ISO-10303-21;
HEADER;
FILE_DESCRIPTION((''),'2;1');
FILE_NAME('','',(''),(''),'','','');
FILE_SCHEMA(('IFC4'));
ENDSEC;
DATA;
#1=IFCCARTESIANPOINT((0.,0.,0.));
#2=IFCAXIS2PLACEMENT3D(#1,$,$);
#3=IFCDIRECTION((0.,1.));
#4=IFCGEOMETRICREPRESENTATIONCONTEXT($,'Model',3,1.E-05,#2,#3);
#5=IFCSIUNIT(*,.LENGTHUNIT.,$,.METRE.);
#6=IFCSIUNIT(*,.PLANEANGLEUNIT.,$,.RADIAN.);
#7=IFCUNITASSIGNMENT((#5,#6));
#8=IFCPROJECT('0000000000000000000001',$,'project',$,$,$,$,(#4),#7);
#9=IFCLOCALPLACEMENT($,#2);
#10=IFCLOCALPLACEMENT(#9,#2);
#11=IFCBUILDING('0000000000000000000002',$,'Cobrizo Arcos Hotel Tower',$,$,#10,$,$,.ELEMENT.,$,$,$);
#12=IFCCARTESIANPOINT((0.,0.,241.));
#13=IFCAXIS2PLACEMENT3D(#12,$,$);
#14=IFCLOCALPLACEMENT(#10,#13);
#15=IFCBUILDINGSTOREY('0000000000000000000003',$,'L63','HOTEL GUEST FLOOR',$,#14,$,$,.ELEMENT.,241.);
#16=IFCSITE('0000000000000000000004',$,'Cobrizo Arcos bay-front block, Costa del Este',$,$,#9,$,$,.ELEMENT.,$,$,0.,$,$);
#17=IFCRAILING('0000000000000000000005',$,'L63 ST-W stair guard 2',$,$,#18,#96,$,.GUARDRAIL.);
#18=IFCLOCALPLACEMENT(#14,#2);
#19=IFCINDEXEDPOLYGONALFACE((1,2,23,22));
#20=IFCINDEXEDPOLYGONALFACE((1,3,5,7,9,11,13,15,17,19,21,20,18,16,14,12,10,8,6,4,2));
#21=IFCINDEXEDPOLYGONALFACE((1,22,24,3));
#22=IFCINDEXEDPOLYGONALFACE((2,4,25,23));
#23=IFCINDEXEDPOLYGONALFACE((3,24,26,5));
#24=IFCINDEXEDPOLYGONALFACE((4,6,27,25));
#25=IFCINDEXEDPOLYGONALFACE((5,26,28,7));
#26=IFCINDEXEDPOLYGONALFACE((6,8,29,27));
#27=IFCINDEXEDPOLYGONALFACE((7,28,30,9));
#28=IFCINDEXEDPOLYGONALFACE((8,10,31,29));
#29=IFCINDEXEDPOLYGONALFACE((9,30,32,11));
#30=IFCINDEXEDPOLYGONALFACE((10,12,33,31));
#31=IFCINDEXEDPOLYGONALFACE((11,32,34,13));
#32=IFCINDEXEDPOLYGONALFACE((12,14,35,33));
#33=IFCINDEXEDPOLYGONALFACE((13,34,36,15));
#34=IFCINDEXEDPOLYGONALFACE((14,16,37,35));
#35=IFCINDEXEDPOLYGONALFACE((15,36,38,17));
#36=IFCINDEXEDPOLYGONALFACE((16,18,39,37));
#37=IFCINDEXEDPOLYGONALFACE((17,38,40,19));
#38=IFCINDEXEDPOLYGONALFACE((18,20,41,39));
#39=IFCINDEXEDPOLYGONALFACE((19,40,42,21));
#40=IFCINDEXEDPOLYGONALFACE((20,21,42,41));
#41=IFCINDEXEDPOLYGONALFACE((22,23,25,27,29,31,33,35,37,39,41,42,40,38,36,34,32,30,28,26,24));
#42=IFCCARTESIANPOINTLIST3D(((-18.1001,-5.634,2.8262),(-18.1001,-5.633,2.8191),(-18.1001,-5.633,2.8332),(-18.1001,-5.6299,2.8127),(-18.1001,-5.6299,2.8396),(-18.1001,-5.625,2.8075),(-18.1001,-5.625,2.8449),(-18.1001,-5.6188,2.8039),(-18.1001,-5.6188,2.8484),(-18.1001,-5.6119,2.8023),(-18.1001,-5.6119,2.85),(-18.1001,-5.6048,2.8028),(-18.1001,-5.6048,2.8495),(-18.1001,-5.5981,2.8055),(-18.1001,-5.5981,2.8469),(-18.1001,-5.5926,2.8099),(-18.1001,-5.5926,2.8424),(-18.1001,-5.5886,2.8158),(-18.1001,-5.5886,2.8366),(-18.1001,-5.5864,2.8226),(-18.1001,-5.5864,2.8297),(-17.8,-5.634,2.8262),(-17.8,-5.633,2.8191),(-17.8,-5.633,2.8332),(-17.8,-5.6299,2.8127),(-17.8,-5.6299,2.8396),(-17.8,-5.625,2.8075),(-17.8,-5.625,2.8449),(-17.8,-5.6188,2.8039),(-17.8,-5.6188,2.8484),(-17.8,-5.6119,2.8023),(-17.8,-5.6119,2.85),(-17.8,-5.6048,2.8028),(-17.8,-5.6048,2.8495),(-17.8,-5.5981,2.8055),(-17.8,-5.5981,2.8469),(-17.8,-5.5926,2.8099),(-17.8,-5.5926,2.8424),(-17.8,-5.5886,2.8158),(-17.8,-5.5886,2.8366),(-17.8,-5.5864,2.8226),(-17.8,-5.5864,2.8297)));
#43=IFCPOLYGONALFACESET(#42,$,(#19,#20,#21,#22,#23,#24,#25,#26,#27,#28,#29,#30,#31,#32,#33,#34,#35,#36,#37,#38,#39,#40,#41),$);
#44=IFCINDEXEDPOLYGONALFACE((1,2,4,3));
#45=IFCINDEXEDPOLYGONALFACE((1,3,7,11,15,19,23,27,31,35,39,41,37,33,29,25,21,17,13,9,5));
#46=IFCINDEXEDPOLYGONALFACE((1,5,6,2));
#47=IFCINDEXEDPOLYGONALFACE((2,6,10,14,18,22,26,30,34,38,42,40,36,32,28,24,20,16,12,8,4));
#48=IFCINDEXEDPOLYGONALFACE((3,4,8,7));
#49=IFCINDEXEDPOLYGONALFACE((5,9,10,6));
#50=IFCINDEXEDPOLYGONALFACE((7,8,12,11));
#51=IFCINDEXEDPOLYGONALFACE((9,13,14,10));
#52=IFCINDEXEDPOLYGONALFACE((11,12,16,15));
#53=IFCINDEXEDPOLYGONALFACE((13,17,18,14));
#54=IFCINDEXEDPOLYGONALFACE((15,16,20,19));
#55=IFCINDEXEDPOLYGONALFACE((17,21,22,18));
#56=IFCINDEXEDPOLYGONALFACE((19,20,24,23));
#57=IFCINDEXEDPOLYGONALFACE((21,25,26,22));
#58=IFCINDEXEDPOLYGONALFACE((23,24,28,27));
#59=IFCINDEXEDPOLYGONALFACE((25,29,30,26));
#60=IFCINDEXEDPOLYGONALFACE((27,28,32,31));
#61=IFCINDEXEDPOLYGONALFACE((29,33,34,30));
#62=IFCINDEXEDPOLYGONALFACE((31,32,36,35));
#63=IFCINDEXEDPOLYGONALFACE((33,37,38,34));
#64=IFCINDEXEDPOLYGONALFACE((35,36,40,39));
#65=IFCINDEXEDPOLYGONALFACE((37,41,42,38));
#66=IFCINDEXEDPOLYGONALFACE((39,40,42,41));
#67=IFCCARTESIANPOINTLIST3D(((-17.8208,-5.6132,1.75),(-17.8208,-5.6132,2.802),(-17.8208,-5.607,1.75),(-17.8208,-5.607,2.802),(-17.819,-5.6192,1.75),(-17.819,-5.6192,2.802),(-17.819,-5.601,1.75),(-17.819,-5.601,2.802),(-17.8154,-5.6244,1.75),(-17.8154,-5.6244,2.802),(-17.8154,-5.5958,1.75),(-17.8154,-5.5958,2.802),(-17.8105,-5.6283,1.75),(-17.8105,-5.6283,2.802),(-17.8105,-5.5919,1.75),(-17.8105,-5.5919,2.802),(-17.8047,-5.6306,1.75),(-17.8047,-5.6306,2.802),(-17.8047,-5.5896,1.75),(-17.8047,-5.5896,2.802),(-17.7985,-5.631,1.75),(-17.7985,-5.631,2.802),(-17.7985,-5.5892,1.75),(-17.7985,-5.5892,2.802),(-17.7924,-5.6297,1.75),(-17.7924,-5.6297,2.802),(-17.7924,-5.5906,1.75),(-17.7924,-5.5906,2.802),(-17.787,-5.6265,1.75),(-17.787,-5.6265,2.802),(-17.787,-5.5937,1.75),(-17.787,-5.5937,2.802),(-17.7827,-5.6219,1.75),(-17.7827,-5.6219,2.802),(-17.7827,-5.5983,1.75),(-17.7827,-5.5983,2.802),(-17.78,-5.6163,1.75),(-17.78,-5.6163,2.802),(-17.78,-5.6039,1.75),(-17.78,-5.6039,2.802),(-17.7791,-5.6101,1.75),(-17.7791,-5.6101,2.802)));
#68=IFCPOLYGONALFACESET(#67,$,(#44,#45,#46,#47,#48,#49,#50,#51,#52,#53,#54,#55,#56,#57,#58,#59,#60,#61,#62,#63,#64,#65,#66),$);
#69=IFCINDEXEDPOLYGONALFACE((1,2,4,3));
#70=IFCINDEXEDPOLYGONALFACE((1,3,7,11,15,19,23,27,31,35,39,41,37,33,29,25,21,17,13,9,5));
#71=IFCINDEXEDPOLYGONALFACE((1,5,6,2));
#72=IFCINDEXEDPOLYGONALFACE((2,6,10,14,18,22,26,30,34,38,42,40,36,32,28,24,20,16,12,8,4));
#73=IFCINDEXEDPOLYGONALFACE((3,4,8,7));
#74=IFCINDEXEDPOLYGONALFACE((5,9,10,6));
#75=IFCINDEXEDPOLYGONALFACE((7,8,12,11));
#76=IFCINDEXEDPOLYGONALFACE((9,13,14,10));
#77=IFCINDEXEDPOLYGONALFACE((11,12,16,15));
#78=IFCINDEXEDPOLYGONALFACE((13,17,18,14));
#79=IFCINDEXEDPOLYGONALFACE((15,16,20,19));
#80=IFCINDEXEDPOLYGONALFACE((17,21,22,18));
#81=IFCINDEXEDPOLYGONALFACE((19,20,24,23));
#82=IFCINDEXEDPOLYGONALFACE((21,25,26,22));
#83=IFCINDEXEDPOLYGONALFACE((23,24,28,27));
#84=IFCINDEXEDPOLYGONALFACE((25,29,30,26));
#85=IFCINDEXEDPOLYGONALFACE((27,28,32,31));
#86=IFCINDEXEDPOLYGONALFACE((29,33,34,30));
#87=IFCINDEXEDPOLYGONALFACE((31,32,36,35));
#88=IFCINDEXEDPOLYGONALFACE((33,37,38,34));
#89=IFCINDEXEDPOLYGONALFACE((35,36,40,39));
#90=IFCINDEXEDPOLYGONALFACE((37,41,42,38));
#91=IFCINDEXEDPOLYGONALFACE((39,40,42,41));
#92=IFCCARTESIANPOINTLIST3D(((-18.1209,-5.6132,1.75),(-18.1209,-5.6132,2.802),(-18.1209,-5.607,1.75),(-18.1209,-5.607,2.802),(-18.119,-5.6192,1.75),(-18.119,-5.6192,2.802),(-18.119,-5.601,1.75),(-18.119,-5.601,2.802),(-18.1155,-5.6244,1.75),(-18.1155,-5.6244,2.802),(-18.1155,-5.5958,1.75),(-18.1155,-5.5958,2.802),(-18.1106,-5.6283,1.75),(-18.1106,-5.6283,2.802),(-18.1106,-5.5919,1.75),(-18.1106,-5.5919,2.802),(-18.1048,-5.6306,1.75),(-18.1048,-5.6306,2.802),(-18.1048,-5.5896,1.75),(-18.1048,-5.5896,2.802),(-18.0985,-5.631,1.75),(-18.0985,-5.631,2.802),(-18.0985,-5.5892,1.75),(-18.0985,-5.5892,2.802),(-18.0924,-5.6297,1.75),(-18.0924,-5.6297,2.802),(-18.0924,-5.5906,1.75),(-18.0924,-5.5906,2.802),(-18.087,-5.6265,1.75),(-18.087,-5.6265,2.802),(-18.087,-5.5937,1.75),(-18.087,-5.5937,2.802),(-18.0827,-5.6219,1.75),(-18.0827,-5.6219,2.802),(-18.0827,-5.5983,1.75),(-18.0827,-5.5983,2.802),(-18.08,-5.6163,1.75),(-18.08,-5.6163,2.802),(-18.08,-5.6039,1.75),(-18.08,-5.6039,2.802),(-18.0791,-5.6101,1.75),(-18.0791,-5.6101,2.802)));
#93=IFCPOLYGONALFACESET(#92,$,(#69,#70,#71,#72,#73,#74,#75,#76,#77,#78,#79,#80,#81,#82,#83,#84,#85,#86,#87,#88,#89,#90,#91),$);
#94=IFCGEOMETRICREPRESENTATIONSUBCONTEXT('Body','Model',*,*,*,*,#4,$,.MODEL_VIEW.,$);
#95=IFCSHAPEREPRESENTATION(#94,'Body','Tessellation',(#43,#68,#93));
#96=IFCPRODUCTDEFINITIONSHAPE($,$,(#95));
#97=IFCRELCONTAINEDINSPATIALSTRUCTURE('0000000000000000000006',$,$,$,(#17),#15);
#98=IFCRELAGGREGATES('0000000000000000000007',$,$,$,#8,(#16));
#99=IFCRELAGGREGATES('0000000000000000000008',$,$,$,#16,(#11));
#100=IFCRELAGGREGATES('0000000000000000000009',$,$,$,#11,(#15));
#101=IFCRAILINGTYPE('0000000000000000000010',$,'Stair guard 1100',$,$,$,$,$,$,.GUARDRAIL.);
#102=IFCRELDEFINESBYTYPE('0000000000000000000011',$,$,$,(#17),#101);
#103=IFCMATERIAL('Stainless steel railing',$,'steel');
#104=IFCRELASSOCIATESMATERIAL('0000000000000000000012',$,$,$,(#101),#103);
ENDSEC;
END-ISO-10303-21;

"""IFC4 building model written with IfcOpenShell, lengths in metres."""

from ifc_helpers import new_model, si_unit, direction, frame, origin, origin_2d, place, context, subcontext, project, spatial, circle, extrude, material, type_object, element, save


model = new_model("IFC4")

# Units and contexts
model_context = context("Model", 3, precision=1e-05, world=origin(), true_north=direction((0.0, 1.0)))
body_context = subcontext(model_context, "Body", "Model", "MODEL_VIEW")
ifc_project = project(units=[si_unit("LENGTHUNIT", "METRE"), si_unit("PLANEANGLEUNIT", "RADIAN")], contexts=[model_context])

# Site, building, storey
site_placement = place(None, origin())
site = spatial("IfcSite", under=ifc_project, at=site_placement, Name="Cobrizo Arcos bay-front block, Costa del Este", CompositionType="ELEMENT", RefElevation=0.0)
building_placement = place(site_placement, origin())
building = spatial("IfcBuilding", under=site, at=building_placement, Name="Cobrizo Arcos Hotel Tower", CompositionType="ELEMENT")
storey_placement = place(building_placement, frame((0.0, 0.0, 241.0)))
storey = spatial("IfcBuildingStorey", under=building, at=storey_placement, Name="L63", Description="HOTEL GUEST FLOOR", CompositionType="ELEMENT", Elevation=241.0)

# Railing
ifc_material_1 = material(Name="Stainless steel railing", Category="steel")
railing_type_1 = type_object("IfcRailingType", Name="Stair guard 1100", PredefinedType="GUARDRAIL", material=ifc_material_1)
railing_1_placement = place(storey_placement, frame((-17.8, -5.6101, 1.75)))
element("IfcRailing", 1, at=railing_1_placement, inside=storey, type_object=railing_type_1, Name="L63 ST-W stair guard 2", PredefinedType="GUARDRAIL", context=body_context, shape_type="SweptSolid", body=[
    extrude(circle(Radius=0.0239, at=origin_2d()), frame((0.0, 0.0, 1.0762), z_axis=(-1.0, 0.0, 0.0), x_axis=(0.0, -1.0, 0.0)), (0.0, 0.0, 1.0), 0.3),
    extrude(circle(Radius=0.021, at=origin_2d()), origin(), (0.0, 0.0, 1.0), 1.052),
    extrude(circle(Radius=0.021, at=origin_2d()), frame((-0.3, 0.0, 0.0)), (0.0, 0.0, 1.0), 1.052),
])

save(model, "model.ifc")
